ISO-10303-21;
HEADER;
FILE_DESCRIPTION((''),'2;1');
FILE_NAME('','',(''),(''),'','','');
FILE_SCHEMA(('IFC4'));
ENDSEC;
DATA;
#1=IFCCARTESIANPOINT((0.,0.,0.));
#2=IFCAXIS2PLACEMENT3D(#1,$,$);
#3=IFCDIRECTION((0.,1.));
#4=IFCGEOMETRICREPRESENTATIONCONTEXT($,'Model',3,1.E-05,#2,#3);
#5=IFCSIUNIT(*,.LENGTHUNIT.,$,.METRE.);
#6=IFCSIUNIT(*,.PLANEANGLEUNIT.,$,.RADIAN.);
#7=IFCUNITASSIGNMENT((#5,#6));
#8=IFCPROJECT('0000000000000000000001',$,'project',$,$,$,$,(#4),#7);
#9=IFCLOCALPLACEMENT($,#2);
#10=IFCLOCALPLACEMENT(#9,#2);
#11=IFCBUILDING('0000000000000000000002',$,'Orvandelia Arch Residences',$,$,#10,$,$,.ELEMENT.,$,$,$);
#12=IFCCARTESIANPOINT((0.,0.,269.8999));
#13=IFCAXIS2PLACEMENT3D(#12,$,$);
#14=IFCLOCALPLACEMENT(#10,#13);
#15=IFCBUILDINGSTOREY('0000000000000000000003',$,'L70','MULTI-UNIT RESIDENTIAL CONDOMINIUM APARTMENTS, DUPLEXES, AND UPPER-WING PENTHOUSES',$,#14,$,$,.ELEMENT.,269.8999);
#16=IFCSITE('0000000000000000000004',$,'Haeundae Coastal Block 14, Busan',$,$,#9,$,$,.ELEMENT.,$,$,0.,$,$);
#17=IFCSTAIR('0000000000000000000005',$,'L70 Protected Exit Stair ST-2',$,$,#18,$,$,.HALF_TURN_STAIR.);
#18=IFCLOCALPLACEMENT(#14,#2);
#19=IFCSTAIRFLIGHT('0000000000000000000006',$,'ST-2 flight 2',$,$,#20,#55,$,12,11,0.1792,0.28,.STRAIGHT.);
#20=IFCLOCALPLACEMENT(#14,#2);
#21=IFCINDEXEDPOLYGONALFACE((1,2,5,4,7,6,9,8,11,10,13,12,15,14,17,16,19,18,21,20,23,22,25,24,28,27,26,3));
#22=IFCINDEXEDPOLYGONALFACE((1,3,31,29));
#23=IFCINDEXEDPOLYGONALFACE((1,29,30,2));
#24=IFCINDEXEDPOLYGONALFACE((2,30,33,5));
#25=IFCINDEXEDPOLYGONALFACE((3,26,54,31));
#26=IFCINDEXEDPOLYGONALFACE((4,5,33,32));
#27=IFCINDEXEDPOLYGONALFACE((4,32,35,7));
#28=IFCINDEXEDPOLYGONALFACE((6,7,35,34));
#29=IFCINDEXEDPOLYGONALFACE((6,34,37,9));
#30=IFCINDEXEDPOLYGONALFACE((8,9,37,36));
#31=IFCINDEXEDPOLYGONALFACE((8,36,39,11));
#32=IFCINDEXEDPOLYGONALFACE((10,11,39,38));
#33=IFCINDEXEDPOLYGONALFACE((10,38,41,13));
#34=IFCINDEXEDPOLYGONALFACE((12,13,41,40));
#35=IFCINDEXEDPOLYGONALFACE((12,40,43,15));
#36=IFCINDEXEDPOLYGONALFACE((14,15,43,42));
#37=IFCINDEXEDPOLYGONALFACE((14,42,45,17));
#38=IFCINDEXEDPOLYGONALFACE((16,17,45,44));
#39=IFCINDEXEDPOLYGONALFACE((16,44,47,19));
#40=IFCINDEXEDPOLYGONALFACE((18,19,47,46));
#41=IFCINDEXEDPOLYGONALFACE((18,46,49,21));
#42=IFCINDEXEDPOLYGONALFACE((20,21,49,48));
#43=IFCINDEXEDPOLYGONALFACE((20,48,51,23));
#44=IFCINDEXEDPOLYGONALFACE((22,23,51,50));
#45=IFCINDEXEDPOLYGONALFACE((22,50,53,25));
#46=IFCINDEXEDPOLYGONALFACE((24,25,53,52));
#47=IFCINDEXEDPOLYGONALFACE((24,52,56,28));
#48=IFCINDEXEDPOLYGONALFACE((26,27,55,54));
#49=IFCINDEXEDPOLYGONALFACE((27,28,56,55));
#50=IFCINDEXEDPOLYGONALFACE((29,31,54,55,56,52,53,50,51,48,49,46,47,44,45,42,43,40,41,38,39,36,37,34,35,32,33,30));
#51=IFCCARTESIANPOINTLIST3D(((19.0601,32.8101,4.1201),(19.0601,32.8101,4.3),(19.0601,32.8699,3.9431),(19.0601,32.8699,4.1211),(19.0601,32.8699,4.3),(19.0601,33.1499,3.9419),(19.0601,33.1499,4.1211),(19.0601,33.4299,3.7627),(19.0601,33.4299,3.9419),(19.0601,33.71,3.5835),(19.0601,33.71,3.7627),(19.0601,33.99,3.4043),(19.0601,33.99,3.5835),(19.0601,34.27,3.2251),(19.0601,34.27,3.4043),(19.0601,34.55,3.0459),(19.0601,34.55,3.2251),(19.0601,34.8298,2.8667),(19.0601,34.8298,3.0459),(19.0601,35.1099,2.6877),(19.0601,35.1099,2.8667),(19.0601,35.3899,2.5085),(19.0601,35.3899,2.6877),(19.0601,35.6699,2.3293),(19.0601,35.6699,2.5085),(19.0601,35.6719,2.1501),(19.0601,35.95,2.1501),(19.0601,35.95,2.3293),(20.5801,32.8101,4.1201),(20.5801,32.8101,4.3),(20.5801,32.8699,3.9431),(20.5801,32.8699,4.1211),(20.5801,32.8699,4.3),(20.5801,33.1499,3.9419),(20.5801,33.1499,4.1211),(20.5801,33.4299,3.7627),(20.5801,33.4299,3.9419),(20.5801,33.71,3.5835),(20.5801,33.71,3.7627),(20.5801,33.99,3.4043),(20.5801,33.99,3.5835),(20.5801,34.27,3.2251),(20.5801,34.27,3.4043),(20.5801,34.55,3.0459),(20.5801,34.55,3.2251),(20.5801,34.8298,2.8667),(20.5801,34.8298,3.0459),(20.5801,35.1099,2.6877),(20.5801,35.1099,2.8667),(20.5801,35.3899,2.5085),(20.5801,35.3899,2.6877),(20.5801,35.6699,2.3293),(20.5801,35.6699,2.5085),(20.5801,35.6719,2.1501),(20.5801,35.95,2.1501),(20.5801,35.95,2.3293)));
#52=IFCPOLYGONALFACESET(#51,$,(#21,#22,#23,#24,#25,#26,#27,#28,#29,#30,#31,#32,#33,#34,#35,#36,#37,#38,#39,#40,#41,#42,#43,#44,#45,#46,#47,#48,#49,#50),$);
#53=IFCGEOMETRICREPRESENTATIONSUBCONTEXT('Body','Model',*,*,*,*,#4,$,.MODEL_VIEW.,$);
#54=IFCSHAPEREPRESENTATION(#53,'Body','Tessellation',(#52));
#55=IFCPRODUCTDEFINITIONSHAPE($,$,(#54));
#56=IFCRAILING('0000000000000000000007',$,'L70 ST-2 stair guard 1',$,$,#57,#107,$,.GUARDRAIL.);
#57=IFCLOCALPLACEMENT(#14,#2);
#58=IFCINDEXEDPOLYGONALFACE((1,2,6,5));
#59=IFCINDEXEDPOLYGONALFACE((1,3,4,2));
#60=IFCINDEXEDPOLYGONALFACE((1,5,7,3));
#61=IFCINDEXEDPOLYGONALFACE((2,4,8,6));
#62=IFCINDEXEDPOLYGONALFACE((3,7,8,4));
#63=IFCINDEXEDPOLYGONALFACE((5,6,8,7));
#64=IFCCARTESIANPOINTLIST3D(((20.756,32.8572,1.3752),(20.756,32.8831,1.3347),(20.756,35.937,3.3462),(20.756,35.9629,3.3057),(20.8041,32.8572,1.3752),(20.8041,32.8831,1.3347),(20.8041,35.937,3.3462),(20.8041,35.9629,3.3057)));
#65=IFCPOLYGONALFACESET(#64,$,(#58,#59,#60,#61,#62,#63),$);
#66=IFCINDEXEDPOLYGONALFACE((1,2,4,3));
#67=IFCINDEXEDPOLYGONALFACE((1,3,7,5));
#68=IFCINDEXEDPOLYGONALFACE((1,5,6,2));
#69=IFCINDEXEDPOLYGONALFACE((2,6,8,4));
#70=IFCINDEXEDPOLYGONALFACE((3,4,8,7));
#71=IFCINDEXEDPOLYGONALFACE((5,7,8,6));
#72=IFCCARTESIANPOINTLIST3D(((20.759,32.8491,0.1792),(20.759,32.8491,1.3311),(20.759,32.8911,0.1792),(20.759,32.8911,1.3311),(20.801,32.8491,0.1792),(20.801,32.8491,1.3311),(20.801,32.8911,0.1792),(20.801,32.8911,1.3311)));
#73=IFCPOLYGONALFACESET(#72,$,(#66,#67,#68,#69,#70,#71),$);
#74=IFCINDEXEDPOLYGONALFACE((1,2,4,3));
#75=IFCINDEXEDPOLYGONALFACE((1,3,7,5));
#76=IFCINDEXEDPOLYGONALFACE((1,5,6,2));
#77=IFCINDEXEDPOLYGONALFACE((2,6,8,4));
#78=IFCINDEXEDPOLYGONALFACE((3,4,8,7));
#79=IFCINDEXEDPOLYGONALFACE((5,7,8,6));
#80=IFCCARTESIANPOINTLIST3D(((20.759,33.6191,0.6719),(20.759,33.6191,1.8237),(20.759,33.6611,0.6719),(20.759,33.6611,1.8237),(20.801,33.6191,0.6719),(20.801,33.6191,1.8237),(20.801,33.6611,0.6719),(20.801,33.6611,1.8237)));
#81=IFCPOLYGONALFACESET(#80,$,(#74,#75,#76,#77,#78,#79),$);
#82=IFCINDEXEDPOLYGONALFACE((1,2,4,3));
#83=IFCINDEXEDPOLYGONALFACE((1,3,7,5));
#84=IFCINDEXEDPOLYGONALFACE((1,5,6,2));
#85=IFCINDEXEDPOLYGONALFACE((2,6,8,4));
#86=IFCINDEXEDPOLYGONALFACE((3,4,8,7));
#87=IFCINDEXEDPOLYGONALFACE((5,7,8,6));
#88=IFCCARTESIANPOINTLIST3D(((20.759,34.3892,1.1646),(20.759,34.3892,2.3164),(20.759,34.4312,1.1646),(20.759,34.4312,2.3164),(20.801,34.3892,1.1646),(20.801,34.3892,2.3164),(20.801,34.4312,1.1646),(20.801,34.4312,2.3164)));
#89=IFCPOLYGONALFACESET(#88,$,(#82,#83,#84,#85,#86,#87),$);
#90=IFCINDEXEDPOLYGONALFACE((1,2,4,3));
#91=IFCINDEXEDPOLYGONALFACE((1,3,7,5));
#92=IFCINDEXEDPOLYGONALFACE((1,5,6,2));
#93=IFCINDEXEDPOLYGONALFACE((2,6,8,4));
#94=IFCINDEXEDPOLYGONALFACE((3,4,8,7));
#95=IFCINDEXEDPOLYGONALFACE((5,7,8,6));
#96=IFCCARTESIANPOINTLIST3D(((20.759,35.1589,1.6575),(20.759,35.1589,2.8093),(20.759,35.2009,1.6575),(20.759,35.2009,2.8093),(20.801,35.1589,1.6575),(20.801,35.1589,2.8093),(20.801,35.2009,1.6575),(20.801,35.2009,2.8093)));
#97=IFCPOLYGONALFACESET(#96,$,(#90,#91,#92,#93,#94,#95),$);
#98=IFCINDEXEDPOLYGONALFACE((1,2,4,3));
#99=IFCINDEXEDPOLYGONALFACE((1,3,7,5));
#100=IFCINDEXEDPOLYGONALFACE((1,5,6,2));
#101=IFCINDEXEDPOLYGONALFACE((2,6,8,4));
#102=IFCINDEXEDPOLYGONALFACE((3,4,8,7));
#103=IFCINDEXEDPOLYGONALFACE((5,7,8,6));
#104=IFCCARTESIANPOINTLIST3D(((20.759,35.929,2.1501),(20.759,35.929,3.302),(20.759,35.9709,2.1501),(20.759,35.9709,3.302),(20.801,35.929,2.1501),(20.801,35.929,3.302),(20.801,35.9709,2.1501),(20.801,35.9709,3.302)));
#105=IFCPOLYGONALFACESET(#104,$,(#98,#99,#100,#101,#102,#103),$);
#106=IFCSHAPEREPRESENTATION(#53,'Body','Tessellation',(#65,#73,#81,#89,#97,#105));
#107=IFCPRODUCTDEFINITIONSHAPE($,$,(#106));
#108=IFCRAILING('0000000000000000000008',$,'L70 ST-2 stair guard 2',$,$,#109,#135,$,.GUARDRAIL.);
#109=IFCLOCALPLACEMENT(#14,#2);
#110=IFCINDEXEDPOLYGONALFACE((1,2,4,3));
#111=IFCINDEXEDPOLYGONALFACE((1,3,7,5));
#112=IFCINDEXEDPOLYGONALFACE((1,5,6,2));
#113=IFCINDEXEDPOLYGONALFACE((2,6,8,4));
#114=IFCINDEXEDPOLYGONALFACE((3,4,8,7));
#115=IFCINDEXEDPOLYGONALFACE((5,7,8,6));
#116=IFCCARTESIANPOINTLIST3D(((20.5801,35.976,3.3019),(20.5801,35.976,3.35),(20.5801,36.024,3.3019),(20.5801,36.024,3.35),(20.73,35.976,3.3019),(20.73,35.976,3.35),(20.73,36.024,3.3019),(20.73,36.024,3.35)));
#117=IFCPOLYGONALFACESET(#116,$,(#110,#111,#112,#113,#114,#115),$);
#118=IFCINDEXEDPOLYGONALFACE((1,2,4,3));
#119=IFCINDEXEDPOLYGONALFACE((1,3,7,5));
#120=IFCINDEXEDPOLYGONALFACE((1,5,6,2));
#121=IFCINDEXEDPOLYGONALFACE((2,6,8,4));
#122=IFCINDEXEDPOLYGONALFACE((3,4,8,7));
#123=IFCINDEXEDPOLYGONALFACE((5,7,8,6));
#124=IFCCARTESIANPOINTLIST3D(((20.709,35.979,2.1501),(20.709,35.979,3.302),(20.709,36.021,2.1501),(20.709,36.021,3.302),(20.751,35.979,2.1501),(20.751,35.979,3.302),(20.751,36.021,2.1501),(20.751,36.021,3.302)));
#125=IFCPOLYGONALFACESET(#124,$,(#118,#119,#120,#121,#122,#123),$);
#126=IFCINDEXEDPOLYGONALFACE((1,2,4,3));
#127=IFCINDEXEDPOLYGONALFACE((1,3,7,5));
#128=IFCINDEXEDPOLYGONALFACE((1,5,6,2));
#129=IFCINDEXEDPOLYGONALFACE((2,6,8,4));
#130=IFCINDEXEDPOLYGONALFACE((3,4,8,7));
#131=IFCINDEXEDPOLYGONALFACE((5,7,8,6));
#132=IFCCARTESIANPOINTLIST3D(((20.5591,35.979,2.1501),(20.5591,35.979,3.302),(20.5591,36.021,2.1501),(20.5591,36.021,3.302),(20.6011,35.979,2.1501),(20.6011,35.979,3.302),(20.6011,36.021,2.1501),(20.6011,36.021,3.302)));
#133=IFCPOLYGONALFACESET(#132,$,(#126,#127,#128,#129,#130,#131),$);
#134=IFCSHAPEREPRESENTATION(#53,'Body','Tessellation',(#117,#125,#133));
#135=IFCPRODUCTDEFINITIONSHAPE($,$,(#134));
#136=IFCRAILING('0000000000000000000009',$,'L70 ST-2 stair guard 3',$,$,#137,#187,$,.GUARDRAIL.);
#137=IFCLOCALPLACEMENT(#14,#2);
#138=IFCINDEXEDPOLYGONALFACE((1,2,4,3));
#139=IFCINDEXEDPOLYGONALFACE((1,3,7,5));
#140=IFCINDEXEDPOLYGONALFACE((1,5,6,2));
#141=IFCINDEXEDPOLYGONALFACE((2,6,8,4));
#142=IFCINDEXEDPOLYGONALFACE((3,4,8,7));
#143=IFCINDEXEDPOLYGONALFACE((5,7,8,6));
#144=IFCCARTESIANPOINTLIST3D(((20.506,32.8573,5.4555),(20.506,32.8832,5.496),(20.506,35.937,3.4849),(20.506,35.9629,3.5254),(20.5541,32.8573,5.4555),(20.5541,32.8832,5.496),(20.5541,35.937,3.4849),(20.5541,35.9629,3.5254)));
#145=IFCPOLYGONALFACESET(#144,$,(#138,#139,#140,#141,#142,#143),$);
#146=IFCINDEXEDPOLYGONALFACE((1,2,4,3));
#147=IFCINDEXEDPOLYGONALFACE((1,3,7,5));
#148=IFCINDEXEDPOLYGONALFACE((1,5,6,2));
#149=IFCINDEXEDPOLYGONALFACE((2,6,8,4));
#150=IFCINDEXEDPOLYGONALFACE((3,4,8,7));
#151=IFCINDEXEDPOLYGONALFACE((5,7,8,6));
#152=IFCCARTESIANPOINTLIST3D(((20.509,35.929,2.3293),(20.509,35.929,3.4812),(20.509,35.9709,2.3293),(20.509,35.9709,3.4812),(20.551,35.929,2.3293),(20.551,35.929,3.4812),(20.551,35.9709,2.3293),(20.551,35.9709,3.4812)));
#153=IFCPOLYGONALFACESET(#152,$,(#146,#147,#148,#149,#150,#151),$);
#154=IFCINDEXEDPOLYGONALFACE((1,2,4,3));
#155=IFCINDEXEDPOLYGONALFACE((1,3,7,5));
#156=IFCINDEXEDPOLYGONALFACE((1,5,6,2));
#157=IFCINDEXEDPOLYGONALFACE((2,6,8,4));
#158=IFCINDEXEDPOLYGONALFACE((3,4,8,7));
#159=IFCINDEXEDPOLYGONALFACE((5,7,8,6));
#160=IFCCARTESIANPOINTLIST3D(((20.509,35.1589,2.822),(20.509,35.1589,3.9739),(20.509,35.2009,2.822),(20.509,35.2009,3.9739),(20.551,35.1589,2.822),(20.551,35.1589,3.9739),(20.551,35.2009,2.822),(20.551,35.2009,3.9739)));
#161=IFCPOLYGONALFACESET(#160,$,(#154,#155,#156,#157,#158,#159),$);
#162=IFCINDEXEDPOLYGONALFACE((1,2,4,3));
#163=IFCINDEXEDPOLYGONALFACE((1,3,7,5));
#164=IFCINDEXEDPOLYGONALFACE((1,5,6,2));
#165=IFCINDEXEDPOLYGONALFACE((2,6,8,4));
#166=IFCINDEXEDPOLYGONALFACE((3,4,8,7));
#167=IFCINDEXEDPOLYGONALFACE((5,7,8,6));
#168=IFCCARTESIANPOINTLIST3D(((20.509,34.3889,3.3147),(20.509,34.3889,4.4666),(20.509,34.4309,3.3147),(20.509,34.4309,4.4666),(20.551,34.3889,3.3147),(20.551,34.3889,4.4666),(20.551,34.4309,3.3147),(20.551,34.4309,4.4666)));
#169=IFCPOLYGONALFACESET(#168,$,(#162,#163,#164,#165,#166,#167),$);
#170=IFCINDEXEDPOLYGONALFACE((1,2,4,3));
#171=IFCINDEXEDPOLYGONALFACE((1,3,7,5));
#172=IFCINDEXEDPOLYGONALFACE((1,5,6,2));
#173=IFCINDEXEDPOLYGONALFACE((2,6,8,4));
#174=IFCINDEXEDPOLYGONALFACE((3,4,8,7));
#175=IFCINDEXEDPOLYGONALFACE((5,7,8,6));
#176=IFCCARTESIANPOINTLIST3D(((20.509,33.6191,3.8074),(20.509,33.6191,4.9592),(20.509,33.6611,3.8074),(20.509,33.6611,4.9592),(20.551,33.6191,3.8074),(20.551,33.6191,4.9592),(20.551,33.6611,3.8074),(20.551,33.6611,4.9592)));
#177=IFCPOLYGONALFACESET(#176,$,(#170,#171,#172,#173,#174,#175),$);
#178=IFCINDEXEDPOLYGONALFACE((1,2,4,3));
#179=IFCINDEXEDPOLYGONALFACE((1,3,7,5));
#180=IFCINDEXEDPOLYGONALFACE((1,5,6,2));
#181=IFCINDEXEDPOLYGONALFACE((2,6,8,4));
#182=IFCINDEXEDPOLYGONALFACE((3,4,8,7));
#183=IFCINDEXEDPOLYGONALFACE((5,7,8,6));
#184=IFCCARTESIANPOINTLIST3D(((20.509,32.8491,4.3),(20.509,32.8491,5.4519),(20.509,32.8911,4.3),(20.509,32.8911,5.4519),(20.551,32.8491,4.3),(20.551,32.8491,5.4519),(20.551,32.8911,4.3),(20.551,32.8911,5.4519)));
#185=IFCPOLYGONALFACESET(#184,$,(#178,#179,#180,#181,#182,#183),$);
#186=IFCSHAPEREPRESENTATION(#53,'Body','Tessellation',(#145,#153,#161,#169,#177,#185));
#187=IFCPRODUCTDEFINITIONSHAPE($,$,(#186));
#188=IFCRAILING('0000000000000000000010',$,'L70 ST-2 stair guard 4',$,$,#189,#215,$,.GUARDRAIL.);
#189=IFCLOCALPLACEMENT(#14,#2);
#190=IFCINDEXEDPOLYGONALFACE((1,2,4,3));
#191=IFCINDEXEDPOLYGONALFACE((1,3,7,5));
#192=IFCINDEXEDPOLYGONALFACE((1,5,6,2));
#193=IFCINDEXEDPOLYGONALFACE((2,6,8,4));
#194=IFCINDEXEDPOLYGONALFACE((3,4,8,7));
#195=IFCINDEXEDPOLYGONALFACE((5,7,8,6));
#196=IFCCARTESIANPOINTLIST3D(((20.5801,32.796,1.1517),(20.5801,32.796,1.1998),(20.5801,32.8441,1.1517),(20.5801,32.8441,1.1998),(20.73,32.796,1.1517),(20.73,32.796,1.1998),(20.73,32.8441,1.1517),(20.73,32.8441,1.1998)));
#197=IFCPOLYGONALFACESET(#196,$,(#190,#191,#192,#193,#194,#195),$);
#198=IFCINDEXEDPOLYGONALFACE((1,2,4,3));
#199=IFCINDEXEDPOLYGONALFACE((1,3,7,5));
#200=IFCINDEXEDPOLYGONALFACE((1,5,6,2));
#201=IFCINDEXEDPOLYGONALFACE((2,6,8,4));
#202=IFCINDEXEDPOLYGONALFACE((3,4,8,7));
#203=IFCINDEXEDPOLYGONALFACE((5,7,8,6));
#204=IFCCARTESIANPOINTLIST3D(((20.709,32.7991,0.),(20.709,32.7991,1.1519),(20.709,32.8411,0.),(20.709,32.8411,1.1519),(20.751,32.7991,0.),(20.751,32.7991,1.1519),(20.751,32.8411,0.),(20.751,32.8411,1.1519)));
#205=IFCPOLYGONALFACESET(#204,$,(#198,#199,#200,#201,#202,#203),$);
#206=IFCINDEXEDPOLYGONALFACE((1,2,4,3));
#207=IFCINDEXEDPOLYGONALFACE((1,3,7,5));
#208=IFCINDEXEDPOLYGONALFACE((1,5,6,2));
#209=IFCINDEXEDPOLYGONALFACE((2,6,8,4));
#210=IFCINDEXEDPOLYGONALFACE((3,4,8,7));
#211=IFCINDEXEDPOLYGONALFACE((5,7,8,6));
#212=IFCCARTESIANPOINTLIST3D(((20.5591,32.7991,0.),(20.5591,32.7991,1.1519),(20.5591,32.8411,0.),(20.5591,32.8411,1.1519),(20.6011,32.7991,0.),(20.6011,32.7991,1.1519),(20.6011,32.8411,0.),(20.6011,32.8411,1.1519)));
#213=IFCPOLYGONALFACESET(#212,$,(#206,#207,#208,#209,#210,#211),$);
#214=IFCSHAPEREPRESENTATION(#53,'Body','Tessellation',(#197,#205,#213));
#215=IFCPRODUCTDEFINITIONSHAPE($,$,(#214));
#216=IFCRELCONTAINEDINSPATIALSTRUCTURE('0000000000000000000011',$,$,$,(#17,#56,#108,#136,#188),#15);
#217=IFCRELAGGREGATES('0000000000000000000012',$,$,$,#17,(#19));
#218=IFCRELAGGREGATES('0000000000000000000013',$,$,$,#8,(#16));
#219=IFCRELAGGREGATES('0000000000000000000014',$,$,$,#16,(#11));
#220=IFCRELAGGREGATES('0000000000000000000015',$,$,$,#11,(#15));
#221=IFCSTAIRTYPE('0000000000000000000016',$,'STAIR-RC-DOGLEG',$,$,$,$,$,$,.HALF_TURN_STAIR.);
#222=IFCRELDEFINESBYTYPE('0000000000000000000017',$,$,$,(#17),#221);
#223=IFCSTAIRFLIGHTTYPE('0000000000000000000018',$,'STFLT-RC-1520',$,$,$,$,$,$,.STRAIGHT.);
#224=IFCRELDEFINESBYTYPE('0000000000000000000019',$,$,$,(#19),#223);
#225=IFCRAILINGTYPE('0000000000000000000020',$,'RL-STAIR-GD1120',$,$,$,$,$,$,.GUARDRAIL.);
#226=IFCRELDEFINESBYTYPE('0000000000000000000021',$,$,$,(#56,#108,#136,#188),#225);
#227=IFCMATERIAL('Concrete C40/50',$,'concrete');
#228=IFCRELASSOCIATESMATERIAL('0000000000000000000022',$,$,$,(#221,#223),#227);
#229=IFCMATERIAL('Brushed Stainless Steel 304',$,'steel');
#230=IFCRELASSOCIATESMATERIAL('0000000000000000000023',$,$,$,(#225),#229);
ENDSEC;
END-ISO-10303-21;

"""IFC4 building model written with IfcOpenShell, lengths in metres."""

from ifc_helpers import new_model, si_unit, direction, frame, origin, origin_2d, place, context, subcontext, project, spatial, polyline, rectangle, outline, extrude, material, type_object, element, aggregate, save


model = new_model("IFC4")

# Units and contexts
model_context = context("Model", 3, precision=1e-05, world=origin(), true_north=direction((0.0, 1.0)))
body_context = subcontext(model_context, "Body", "Model", "MODEL_VIEW")
ifc_project = project(units=[si_unit("LENGTHUNIT", "METRE"), si_unit("PLANEANGLEUNIT", "RADIAN")], contexts=[model_context])

# Site, building, storey
site_placement = place(None, origin())
site = spatial("IfcSite", under=ifc_project, at=site_placement, Name="Haeundae Coastal Block 14, Busan", CompositionType="ELEMENT", RefElevation=0.0)
building_placement = place(site_placement, origin())
building = spatial("IfcBuilding", under=site, at=building_placement, Name="Orvandelia Arch Residences", CompositionType="ELEMENT")
storey_placement = place(building_placement, frame((0.0, 0.0, 269.8999)))
storey = spatial("IfcBuildingStorey", under=building, at=storey_placement, Name="L70", Description="MULTI-UNIT RESIDENTIAL CONDOMINIUM APARTMENTS, DUPLEXES, AND UPPER-WING PENTHOUSES", CompositionType="ELEMENT", Elevation=269.8999)

# Stair, stair flight
ifc_material_1 = material(Name="Concrete C40/50", Category="concrete")
stair_type = type_object("IfcStairType", Name="STAIR-RC-DOGLEG", PredefinedType="HALF_TURN_STAIR", material=ifc_material_1)
stair_placement = place(storey_placement, origin())
stair = element("IfcStair", 1, at=stair_placement, inside=storey, type_object=stair_type, Name="L70 Protected Exit Stair ST-2", PredefinedType="HALF_TURN_STAIR")
stair_flight_type = type_object("IfcStairFlightType", Name="STFLT-RC-1520", PredefinedType="STRAIGHT", material=ifc_material_1)
stair_flight_1_placement = place(storey_placement, frame((19.8201, 35.95, 2.1501), z_axis=(0.0, 0.0, 1.0), x_axis=(0.0, -1.0, 0.0)))
stair_flight_1 = element("IfcStairFlight", 2, at=stair_flight_1_placement, type_object=stair_flight_type, Name="ST-2 flight 2", NumberOfRisers=12, NumberOfTreads=11, PredefinedType="STRAIGHT", RiserHeight=0.1792, TreadLength=0.28, context=body_context, shape_type="SweptSolid", body=[
    extrude(outline(polyline([(0.0, 0.0), (0.0, 0.1792), (0.28, 0.1792), (0.28, 0.3584), (0.5601, 0.3584), (0.5601, 0.5376), (0.8401, 0.5376), (0.8401, 0.7166), (1.1201, 0.7166), (1.1201, 0.8958), (1.3999, 0.8958), (1.3999, 1.075), (1.6799, 1.075), (1.6799, 1.2542), (1.96, 1.2542), (1.96, 1.4333), (2.24, 1.4333), (2.24, 1.6125), (2.52, 1.6125), (2.52, 1.7917), (2.8, 1.7917), (2.8, 1.9709), (3.0801, 1.9709), (3.0801, 2.1499), (3.1399, 2.1499), (3.1399, 1.97), (3.0801, 1.793), (0.2781, 0.0), (0.0, 0.0)])), frame((0.0, 0.76, 0.0), z_axis=(0.0, -1.0, 0.0), x_axis=(1.0, 0.0, 0.0)), (0.0, 0.0, 1.0), 1.52),
])
aggregate(stair, [stair_flight_1])

# Railings
ifc_material_2 = material(Name="Brushed Stainless Steel 304", Category="steel")
railing_type_1 = type_object("IfcRailingType", Name="RL-STAIR-GD1120", PredefinedType="GUARDRAIL", material=ifc_material_2)
railing_1_placement = place(storey_placement, frame((20.78, 32.8701, 0.1792)))
element("IfcRailing", 3, at=railing_1_placement, inside=storey, type_object=railing_type_1, Name="L70 ST-2 stair guard 1", PredefinedType="GUARDRAIL", context=body_context, shape_type="SweptSolid", body=[
    extrude(rectangle(XDim=0.0481, YDim=0.0481, at=origin_2d()), frame((0.0, 0.0, 1.1758), z_axis=(0.0, 0.84229, 0.539025), x_axis=(-1.0, 0.0, 0.0)), (0.0, 0.0, 1.0), 3.6565),
    extrude(rectangle(XDim=0.042, YDim=0.042, at=origin_2d()), origin(), (0.0, 0.0, 1.0), 1.1519),
    extrude(rectangle(XDim=0.042, YDim=0.042, at=origin_2d()), frame((0.0, 0.77, 0.4927)), (0.0, 0.0, 1.0), 1.1519),
    extrude(rectangle(XDim=0.042, YDim=0.042, at=origin_2d()), frame((0.0, 1.54, 0.9854)), (0.0, 0.0, 1.0), 1.1519),
    extrude(rectangle(XDim=0.042, YDim=0.042, at=origin_2d()), frame((0.0, 2.3098, 1.4783)), (0.0, 0.0, 1.0), 1.1519),
    extrude(rectangle(XDim=0.042, YDim=0.042, at=origin_2d()), frame((0.0, 3.0798, 1.9709)), (0.0, 0.0, 1.0), 1.1519),
])
railing_2_placement = place(storey_placement, frame((20.73, 36.0, 2.1501)))
element("IfcRailing", 4, at=railing_2_placement, inside=storey, type_object=railing_type_1, Name="L70 ST-2 stair guard 2", PredefinedType="GUARDRAIL", context=body_context, shape_type="SweptSolid", body=[
    extrude(rectangle(XDim=0.0481, YDim=0.0481, at=origin_2d()), frame((0.0, 0.0, 1.1758), z_axis=(-1.0, 0.0, 0.0), x_axis=(0.0, -1.0, 0.0)), (0.0, 0.0, 1.0), 0.1499),
    extrude(rectangle(XDim=0.042, YDim=0.042, at=origin_2d()), origin(), (0.0, 0.0, 1.0), 1.1519),
    extrude(rectangle(XDim=0.042, YDim=0.042, at=origin_2d()), frame((-0.1499, 0.0, 0.0)), (0.0, 0.0, 1.0), 1.1519),
])
railing_3_placement = place(storey_placement, frame((20.53, 35.95, 2.3293)))
element("IfcRailing", 5, at=railing_3_placement, inside=storey, type_object=railing_type_1, Name="L70 ST-2 stair guard 3", PredefinedType="GUARDRAIL", context=body_context, shape_type="SweptSolid", body=[
    extrude(rectangle(XDim=0.0481, YDim=0.0481, at=origin_2d()), frame((0.0, 0.0, 1.1758), z_axis=(0.0, -0.84232, 0.538978), x_axis=(1.0, 0.0, 0.0)), (0.0, 0.0, 1.0), 3.6562),
    extrude(rectangle(XDim=0.042, YDim=0.042, at=origin_2d()), origin(), (0.0, 0.0, 1.0), 1.1519),
    extrude(rectangle(XDim=0.042, YDim=0.042, at=origin_2d()), frame((0.0, -0.77, 0.4927)), (0.0, 0.0, 1.0), 1.1519),
    extrude(rectangle(XDim=0.042, YDim=0.042, at=origin_2d()), frame((0.0, -1.54, 0.9854)), (0.0, 0.0, 1.0), 1.1519),
    extrude(rectangle(XDim=0.042, YDim=0.042, at=origin_2d()), frame((0.0, -2.3098, 1.478)), (0.0, 0.0, 1.0), 1.1519),
    extrude(rectangle(XDim=0.042, YDim=0.042, at=origin_2d()), frame((0.0, -3.0798, 1.9707)), (0.0, 0.0, 1.0), 1.1519),
])
railing_4_placement = place(storey_placement, frame((20.73, 32.8201, 0.0)))
element("IfcRailing", 6, at=railing_4_placement, inside=storey, type_object=railing_type_1, Name="L70 ST-2 stair guard 4", PredefinedType="GUARDRAIL", context=body_context, shape_type="SweptSolid", body=[
    extrude(rectangle(XDim=0.0481, YDim=0.0481, at=origin_2d()), frame((0.0, 0.0, 1.1758), z_axis=(-1.0, 0.0, 0.0), x_axis=(0.0, -1.0, 0.0)), (0.0, 0.0, 1.0), 0.1499),
    extrude(rectangle(XDim=0.042, YDim=0.042, at=origin_2d()), origin(), (0.0, 0.0, 1.0), 1.1519),
    extrude(rectangle(XDim=0.042, YDim=0.042, at=origin_2d()), frame((-0.1499, 0.0, 0.0)), (0.0, 0.0, 1.0), 1.1519),
])

save(model, "model.ifc")
